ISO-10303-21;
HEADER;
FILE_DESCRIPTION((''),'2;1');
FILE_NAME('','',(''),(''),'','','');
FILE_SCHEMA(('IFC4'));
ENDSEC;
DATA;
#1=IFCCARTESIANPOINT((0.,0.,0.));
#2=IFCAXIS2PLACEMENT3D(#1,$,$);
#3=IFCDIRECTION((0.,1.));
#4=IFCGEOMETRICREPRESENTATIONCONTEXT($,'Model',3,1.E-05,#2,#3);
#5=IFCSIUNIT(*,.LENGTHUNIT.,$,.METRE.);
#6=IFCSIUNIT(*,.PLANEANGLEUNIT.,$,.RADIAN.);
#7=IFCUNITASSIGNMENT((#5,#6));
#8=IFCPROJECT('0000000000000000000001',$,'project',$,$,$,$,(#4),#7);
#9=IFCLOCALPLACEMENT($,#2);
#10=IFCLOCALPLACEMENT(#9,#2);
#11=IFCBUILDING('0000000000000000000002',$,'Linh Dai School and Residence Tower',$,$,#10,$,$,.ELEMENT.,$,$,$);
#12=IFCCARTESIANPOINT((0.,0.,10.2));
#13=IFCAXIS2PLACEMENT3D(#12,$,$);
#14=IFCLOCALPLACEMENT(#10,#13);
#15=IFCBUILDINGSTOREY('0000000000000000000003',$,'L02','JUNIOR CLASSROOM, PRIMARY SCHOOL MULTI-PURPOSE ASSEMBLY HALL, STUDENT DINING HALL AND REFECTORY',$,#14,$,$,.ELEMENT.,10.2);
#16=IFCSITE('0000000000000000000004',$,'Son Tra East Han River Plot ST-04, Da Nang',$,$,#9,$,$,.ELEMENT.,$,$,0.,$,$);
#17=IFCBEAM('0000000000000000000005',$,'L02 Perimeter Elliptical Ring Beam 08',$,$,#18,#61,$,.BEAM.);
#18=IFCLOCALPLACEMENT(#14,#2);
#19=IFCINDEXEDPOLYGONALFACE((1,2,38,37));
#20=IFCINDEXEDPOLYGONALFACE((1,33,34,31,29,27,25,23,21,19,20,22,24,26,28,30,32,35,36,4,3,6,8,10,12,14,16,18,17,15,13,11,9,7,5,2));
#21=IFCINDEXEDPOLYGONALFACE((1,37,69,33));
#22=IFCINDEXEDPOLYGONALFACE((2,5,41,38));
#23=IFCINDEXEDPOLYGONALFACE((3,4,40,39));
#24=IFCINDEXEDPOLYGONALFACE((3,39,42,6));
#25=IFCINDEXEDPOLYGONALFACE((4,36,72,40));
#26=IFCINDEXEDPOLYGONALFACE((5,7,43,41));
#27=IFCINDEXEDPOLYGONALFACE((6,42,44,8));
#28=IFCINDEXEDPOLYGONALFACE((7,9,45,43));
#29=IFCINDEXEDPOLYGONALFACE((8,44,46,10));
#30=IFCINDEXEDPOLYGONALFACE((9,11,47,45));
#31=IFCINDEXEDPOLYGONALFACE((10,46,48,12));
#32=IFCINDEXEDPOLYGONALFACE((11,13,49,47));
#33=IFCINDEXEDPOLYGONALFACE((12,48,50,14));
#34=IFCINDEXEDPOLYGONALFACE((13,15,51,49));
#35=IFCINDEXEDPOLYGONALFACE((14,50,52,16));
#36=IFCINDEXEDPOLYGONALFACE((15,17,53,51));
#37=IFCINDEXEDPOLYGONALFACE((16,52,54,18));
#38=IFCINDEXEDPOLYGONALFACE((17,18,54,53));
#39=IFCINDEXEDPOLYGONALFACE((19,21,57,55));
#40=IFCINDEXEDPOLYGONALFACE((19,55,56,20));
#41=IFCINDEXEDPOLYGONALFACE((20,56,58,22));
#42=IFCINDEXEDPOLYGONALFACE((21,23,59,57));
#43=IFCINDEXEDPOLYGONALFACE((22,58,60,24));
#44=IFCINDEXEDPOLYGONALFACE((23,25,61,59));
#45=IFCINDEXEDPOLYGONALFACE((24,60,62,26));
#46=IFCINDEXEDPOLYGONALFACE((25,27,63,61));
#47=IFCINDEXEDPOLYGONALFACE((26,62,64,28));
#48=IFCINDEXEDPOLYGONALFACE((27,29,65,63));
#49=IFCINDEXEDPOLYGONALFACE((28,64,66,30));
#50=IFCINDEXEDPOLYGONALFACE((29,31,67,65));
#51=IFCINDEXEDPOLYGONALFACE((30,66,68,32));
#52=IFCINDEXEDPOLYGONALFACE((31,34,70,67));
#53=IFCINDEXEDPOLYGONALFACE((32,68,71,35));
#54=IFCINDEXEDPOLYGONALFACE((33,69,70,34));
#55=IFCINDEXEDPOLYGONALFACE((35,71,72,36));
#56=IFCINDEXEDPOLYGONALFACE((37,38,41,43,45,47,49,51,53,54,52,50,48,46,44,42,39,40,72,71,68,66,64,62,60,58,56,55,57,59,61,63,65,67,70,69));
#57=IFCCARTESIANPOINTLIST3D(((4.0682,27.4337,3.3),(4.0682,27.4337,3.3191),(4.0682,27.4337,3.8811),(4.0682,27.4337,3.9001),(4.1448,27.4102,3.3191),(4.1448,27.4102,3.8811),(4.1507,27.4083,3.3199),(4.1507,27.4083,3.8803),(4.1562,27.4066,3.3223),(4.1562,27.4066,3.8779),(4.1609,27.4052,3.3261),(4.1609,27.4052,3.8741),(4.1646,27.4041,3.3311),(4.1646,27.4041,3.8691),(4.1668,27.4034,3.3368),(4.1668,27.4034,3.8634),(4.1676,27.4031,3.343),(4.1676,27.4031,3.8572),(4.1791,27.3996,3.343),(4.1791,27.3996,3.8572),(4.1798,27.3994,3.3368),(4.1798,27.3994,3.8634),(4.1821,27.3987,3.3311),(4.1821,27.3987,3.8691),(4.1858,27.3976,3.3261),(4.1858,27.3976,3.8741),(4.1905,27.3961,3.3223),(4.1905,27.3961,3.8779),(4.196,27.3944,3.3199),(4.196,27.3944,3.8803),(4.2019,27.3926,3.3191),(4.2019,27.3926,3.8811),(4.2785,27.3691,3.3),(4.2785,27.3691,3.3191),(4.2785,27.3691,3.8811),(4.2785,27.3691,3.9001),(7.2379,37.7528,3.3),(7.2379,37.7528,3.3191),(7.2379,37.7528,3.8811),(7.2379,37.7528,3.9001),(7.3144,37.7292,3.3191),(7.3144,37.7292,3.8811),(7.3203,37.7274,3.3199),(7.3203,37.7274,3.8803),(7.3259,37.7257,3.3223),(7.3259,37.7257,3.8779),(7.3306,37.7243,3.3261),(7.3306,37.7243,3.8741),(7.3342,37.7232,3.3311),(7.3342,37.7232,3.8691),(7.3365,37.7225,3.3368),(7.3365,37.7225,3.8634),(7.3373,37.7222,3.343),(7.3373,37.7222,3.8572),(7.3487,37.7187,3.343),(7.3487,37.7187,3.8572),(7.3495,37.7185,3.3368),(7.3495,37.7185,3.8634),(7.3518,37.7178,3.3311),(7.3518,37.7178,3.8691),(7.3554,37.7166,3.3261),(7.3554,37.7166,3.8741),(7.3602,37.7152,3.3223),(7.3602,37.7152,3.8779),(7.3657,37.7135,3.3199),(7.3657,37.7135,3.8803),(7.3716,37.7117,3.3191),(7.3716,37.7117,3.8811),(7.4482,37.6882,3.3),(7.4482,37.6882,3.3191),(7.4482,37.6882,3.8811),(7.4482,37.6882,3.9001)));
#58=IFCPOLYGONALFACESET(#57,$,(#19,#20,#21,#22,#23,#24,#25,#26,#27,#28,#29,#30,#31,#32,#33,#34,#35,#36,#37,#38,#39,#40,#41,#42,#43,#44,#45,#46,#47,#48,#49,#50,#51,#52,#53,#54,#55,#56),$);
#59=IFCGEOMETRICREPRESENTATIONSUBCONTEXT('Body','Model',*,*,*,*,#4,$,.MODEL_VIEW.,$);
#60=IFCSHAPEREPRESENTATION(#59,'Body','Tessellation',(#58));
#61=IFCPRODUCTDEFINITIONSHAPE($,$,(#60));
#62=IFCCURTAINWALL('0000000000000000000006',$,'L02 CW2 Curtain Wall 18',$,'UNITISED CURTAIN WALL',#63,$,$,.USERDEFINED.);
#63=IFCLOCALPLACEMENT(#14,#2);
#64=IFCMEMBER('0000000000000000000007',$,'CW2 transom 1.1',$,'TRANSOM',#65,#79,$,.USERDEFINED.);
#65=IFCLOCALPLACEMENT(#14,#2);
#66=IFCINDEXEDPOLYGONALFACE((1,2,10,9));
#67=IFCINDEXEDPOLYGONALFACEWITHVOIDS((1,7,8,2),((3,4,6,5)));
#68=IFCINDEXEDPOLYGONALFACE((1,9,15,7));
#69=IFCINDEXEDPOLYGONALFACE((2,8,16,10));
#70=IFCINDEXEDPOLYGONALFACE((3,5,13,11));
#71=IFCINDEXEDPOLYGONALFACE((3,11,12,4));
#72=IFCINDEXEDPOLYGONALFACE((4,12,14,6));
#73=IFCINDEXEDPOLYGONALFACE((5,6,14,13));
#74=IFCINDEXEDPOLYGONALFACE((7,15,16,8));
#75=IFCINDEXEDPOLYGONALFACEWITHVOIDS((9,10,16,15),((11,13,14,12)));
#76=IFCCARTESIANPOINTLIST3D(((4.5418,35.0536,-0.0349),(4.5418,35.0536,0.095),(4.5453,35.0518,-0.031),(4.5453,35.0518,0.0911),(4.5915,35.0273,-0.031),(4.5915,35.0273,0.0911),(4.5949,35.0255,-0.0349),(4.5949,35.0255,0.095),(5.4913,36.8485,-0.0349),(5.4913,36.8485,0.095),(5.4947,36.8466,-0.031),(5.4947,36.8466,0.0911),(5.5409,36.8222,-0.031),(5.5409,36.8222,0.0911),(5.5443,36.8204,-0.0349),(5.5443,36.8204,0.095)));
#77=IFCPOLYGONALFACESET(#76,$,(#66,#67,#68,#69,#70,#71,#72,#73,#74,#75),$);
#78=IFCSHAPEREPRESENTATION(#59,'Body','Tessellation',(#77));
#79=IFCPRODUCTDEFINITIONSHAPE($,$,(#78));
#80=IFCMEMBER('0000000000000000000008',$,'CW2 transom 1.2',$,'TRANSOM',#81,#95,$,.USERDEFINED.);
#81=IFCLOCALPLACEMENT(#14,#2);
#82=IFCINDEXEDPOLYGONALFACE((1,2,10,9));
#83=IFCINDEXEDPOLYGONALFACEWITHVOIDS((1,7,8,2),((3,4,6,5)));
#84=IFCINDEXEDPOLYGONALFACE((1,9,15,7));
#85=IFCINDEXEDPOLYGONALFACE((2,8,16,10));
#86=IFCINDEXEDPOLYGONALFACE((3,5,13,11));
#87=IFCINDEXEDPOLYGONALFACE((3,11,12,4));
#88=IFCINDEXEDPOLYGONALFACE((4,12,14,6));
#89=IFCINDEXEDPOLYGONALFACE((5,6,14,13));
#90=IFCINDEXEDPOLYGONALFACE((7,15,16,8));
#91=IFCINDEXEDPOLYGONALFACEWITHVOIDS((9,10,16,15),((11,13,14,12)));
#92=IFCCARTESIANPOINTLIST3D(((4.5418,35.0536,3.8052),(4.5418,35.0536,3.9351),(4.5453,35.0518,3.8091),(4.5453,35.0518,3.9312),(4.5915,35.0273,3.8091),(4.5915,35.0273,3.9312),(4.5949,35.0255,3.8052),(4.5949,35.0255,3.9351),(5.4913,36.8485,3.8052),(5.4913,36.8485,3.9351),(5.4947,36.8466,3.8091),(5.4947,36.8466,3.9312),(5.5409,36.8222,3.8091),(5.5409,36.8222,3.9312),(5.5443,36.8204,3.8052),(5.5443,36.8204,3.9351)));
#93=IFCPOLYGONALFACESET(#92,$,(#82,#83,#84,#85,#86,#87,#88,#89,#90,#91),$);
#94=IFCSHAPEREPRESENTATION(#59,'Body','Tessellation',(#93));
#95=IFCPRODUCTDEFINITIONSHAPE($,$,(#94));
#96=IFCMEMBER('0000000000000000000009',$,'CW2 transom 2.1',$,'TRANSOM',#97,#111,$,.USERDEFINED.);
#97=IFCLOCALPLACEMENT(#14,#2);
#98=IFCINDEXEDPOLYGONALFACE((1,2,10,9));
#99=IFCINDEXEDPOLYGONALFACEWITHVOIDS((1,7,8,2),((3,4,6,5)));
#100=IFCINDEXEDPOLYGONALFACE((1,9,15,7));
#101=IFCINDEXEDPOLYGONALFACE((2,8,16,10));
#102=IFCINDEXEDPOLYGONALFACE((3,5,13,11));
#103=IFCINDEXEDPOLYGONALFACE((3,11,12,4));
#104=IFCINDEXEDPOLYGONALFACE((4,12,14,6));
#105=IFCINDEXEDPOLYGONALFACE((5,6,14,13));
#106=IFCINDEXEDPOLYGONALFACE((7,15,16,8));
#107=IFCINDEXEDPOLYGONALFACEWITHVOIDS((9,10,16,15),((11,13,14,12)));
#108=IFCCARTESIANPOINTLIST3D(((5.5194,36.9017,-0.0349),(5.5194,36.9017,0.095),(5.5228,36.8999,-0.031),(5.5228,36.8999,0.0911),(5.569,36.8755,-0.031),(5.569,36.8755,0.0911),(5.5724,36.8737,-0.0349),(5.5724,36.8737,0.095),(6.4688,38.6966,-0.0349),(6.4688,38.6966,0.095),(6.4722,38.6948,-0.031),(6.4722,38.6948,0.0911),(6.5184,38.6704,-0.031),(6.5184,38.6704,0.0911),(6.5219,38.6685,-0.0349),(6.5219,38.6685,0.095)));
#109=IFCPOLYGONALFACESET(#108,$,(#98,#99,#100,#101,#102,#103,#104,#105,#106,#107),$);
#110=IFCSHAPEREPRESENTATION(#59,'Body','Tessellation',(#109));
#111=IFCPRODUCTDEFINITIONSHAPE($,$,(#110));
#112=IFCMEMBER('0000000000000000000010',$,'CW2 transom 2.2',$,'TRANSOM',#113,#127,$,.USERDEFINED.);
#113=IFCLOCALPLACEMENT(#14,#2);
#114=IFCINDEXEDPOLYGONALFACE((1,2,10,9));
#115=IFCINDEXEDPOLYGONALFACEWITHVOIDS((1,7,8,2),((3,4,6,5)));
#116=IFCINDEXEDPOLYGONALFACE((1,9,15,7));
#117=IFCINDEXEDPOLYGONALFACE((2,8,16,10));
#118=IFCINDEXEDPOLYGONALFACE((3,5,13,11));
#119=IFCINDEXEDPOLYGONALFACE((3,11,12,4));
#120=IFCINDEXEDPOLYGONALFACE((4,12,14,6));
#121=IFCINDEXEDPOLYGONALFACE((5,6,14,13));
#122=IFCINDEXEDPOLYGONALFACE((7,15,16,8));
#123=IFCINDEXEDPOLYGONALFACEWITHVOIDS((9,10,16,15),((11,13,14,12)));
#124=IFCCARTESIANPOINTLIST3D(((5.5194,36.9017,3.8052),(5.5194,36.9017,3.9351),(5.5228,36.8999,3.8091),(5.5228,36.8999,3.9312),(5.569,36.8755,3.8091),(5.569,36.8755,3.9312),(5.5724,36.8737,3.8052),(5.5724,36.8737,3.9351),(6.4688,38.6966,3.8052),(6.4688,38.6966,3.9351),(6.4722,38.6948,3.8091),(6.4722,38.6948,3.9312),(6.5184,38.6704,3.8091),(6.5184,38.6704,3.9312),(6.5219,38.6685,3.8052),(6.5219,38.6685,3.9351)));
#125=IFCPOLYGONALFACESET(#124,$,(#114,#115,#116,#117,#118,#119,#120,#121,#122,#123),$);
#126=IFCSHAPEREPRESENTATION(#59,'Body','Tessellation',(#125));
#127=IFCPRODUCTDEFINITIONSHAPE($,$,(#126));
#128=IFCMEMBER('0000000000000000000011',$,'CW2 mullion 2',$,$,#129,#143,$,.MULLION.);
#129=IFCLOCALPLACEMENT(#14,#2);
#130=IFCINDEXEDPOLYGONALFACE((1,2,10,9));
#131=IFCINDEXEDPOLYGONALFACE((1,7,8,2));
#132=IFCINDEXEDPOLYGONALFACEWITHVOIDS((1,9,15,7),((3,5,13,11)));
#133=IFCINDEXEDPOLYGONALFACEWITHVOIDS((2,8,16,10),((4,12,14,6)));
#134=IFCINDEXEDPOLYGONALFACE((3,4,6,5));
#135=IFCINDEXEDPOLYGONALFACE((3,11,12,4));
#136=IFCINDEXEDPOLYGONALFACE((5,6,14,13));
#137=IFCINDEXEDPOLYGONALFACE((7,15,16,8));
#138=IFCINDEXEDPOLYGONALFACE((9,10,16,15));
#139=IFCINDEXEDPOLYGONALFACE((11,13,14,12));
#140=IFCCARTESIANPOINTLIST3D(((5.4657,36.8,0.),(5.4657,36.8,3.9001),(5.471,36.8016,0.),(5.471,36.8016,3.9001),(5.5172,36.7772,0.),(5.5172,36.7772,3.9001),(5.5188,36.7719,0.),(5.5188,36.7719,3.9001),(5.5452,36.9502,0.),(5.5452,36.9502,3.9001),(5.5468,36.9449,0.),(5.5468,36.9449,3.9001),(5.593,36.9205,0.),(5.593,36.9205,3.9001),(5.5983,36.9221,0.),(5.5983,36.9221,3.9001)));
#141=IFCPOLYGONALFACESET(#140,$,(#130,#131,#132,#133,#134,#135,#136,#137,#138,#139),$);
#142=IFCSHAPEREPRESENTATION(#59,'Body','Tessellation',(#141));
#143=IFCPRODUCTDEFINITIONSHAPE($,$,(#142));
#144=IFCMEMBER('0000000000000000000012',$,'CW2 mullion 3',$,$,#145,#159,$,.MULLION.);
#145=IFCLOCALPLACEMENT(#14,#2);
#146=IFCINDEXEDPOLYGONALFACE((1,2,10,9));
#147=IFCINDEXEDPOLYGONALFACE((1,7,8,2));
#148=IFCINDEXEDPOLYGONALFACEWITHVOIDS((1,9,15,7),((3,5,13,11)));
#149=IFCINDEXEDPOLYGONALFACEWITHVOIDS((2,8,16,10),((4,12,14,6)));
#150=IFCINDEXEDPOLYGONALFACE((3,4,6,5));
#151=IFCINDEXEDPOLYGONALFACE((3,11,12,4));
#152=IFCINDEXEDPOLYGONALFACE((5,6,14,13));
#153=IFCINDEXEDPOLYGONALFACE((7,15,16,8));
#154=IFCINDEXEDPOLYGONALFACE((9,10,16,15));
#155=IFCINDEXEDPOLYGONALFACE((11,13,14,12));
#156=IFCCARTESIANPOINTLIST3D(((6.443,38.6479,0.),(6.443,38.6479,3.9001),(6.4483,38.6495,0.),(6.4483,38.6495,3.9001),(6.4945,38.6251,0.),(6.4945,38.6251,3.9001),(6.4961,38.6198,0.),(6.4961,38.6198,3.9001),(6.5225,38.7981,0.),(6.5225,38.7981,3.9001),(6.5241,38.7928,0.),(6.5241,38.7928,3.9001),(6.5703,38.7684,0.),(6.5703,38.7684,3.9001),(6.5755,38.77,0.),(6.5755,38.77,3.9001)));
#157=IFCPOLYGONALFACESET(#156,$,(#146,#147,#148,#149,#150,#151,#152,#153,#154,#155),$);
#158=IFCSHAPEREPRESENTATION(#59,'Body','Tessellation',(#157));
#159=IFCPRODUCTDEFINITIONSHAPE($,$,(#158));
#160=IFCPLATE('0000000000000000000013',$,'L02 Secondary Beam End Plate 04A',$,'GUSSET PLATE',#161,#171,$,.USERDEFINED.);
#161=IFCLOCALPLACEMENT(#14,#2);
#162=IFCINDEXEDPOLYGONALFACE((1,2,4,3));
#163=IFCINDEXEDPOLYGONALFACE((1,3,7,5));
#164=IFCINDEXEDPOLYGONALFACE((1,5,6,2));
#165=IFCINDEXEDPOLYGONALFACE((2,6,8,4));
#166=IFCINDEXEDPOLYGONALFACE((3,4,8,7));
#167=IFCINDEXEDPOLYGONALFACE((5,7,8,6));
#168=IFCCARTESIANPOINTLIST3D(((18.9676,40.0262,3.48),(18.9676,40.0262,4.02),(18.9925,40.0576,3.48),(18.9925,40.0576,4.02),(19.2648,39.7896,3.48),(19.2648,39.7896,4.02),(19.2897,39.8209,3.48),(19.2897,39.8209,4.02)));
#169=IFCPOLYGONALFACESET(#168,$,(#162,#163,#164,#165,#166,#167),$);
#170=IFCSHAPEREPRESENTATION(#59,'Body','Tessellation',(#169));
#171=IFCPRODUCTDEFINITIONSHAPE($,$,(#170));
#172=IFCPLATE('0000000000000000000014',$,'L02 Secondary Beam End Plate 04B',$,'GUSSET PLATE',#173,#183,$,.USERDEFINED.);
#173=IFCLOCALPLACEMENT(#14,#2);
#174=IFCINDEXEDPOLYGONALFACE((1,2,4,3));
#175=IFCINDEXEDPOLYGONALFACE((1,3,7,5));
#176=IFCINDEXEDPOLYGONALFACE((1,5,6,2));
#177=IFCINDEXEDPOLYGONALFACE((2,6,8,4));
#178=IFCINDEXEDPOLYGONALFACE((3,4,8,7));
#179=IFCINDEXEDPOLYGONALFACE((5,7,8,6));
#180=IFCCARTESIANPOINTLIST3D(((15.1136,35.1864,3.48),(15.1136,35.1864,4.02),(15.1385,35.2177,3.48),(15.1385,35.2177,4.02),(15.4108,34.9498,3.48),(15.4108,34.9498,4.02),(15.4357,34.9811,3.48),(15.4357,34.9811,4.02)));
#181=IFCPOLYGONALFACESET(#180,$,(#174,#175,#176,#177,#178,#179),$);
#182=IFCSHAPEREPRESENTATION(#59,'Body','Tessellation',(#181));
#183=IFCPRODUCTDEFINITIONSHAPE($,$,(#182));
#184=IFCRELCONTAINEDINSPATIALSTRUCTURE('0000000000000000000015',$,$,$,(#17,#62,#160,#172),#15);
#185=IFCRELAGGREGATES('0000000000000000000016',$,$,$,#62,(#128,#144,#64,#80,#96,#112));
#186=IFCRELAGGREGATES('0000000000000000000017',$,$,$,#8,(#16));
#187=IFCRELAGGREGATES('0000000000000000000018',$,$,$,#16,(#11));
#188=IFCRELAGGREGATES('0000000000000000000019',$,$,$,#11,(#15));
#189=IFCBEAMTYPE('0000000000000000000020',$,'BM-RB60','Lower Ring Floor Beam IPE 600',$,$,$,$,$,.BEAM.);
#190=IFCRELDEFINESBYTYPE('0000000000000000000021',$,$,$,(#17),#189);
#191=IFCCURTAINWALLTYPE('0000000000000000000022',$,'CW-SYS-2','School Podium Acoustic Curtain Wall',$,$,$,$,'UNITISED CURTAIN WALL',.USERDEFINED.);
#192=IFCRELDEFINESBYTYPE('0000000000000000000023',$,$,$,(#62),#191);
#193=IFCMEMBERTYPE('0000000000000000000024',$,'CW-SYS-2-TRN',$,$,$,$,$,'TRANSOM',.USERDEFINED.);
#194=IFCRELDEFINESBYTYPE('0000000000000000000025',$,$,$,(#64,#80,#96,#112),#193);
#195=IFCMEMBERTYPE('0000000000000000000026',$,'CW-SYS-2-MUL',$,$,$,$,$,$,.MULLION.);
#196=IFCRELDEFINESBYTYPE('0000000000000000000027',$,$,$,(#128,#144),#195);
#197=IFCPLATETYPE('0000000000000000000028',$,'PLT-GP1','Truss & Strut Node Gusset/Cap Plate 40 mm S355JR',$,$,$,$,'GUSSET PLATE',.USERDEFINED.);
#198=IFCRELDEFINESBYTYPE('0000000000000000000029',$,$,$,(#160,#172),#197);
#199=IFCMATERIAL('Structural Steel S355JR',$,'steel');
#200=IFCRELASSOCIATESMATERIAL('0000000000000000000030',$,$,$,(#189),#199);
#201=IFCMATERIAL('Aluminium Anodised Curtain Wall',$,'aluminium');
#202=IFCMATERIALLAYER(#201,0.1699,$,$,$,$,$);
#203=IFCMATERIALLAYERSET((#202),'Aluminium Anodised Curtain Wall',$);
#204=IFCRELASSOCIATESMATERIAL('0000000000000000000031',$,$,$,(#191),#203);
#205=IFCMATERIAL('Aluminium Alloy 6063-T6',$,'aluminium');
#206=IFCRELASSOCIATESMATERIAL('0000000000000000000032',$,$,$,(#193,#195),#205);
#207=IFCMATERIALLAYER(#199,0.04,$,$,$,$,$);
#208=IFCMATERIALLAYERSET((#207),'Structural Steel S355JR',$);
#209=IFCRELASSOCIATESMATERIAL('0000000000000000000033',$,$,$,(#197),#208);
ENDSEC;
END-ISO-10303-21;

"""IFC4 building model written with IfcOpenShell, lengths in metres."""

from ifc_helpers import new_model, si_unit, direction, frame, origin, origin_2d, place, context, subcontext, project, spatial, rectangle, hollow_rectangle, i_section, extrude, source, transform, mapped, material, layer, layer_set, material_profile, profile_set, type_object, element, aggregate, save


model = new_model("IFC4")

# Units and contexts
model_context = context("Model", 3, precision=1e-05, world=origin(), true_north=direction((0.0, 1.0)))
body_context = subcontext(model_context, "Body", "Model", "MODEL_VIEW")
ifc_project = project(units=[si_unit("LENGTHUNIT", "METRE"), si_unit("PLANEANGLEUNIT", "RADIAN")], contexts=[model_context])

# Site, building, storey
site_placement = place(None, origin())
site = spatial("IfcSite", under=ifc_project, at=site_placement, Name="Son Tra East Han River Plot ST-04, Da Nang", CompositionType="ELEMENT", RefElevation=0.0)
building_placement = place(site_placement, origin())
building = spatial("IfcBuilding", under=site, at=building_placement, Name="Linh Dai School and Residence Tower", CompositionType="ELEMENT")
storey_placement = place(building_placement, frame((0.0, 0.0, 10.2)))
storey = spatial("IfcBuildingStorey", under=building, at=storey_placement, Name="L02", Description="JUNIOR CLASSROOM, PRIMARY SCHOOL MULTI-PURPOSE ASSEMBLY HALL, STUDENT DINING HALL AND REFECTORY", CompositionType="ELEMENT", Elevation=10.2)

# Shared definitions
ifc_material_1 = material(Name="Structural Steel S355JR", Category="steel")

# Beam
ifc_material_profile_1 = material_profile(ifc_material_1, i_section(OverallWidth=0.22, OverallDepth=0.6001, WebThickness=0.012, FlangeThickness=0.019, FilletRadius=0.0239, at=origin_2d()), Name="IPE 600")
ifc_profile_set_1 = profile_set([ifc_material_profile_1], Name="Structural Steel S355JR")
beam_type_1 = type_object("IfcBeamType", Name="BM-RB60", Description="Lower Ring Floor Beam IPE 600", PredefinedType="BEAM", material=ifc_profile_set_1)
beam_1_placement = place(storey_placement, frame((7.343, 37.7205, 3.6001), z_axis=(-0.293627, -0.95592, 0.0), x_axis=(0.95592, -0.293627, 0.0)))
element("IfcBeam", 1, at=beam_1_placement, inside=storey, type_object=beam_type_1, Name="L02 Perimeter Elliptical Ring Beam 08", PredefinedType="BEAM", context=body_context, shape_type="SweptSolid", body=[
    extrude(i_section(OverallWidth=0.22, OverallDepth=0.6001, WebThickness=0.012, FlangeThickness=0.019, FilletRadius=0.0239, at=origin_2d()), origin(), (0.0, 0.0, 1.0), 10.7949),
])

# Curtain wall, members
ifc_material_2 = material(Name="Aluminium Anodised Curtain Wall", Category="aluminium")
ifc_layer_1 = layer(ifc_material_2, 0.1699)
ifc_layer_set_1 = layer_set([ifc_layer_1], Name="Aluminium Anodised Curtain Wall")
curtain_wall_type = type_object("IfcCurtainWallType", Name="CW-SYS-2", Description="School Podium Acoustic Curtain Wall", ElementType="UNITISED CURTAIN WALL", PredefinedType="USERDEFINED", material=ifc_layer_set_1)
curtain_wall_placement = place(storey_placement, origin())
curtain_wall = element("IfcCurtainWall", 2, at=curtain_wall_placement, inside=storey, type_object=curtain_wall_type, Name="L02 CW2 Curtain Wall 18", ObjectType="UNITISED CURTAIN WALL", PredefinedType="USERDEFINED")
ifc_material_3 = material(Name="Aluminium Alloy 6063-T6", Category="aluminium")
ifc_material_profile_2 = material_profile(ifc_material_3, hollow_rectangle(XDim=0.0601, YDim=0.1299, WallThickness=0.0039, at=origin_2d()), Name="RHS 130x60x4")
ifc_profile_set_2 = profile_set([ifc_material_profile_2], Name="Aluminium Alloy 6063-T6")
member_type_1 = type_object("IfcMemberType", Name="CW-SYS-2-TRN", ElementType="TRANSOM", PredefinedType="USERDEFINED", material=ifc_profile_set_2)
shared_shape_1 = source(origin(), body_context, "Body", "SweptSolid", [
    extrude(hollow_rectangle(XDim=0.0601, YDim=0.1299, WallThickness=0.0039, at=origin_2d()), origin(), (0.0, 0.0, 1.0), 2.0305),
])
member_1_placement = place(storey_placement, frame((4.5684, 35.0396, 0.03), z_axis=(0.467584, 0.883949, 0.0), x_axis=(-0.883949, 0.467584, 0.0)))
member_1 = element("IfcMember", 3, at=member_1_placement, type_object=member_type_1, Name="CW2 transom 1.1", ObjectType="TRANSOM", PredefinedType="USERDEFINED", context=body_context, shape_type="MappedRepresentation", body=[
    mapped(shared_shape_1, transform((0.0, 0.0, 0.0), x_axis=(1.0, 0.0, 0.0), y_axis=(0.0, 1.0, 0.0), z_axis=(0.0, 0.0, 1.0), scale=1.0)),
])
member_2_placement = place(storey_placement, frame((4.5684, 35.0396, 3.8701), z_axis=(0.467584, 0.883949, 0.0), x_axis=(-0.883949, 0.467584, 0.0)))
member_2 = element("IfcMember", 4, at=member_2_placement, type_object=member_type_1, Name="CW2 transom 1.2", ObjectType="TRANSOM", PredefinedType="USERDEFINED", context=body_context, shape_type="MappedRepresentation", body=[
    mapped(shared_shape_1, transform((0.0, 0.0, 0.0), x_axis=(1.0, 0.0, 0.0), y_axis=(0.0, 1.0, 0.0), z_axis=(0.0, 0.0, 1.0), scale=1.0)),
])
member_3_placement = place(storey_placement, frame((5.5459, 36.8877, 0.03), z_axis=(0.467584, 0.883949, 0.0), x_axis=(-0.883949, 0.467584, 0.0)))
member_3 = element("IfcMember", 5, at=member_3_placement, type_object=member_type_1, Name="CW2 transom 2.1", ObjectType="TRANSOM", PredefinedType="USERDEFINED", context=body_context, shape_type="MappedRepresentation", body=[
    mapped(shared_shape_1, transform((0.0, 0.0, 0.0), x_axis=(1.0, 0.0, 0.0), y_axis=(0.0, 1.0, 0.0), z_axis=(0.0, 0.0, 1.0), scale=1.0)),
])
member_4_placement = place(storey_placement, frame((5.5459, 36.8877, 3.8701), z_axis=(0.467584, 0.883949, 0.0), x_axis=(-0.883949, 0.467584, 0.0)))
member_4 = element("IfcMember", 6, at=member_4_placement, type_object=member_type_1, Name="CW2 transom 2.2", ObjectType="TRANSOM", PredefinedType="USERDEFINED", context=body_context, shape_type="MappedRepresentation", body=[
    mapped(shared_shape_1, transform((0.0, 0.0, 0.0), x_axis=(1.0, 0.0, 0.0), y_axis=(0.0, 1.0, 0.0), z_axis=(0.0, 0.0, 1.0), scale=1.0)),
])
ifc_material_profile_3 = material_profile(ifc_material_3, hollow_rectangle(XDim=0.0601, YDim=0.1699, WallThickness=0.0039, at=origin_2d()), Name="RHS 170x60x4")
ifc_profile_set_3 = profile_set([ifc_material_profile_3], Name="Aluminium Alloy 6063-T6")
member_type_2 = type_object("IfcMemberType", Name="CW-SYS-2-MUL", PredefinedType="MULLION", material=ifc_profile_set_3)
shared_shape_2 = source(origin(), body_context, "Body", "SweptSolid", [
    extrude(hollow_rectangle(XDim=0.0601, YDim=0.1699, WallThickness=0.0039, at=origin_2d()), origin(), (0.0, 0.0, 1.0), 3.9001),
])
member_5_placement = place(storey_placement, frame((5.532, 36.8611, 0.0), z_axis=(0.0, 0.0, 1.0), x_axis=(-0.883964, 0.467555, 0.0)))
member_5 = element("IfcMember", 7, at=member_5_placement, type_object=member_type_2, Name="CW2 mullion 2", PredefinedType="MULLION", context=body_context, shape_type="MappedRepresentation", body=[
    mapped(shared_shape_2, transform((0.0, 0.0, 0.0), x_axis=(1.0, 0.0, 0.0), y_axis=(0.0, 1.0, 0.0), z_axis=(0.0, 0.0, 1.0), scale=1.0)),
])
member_6_placement = place(storey_placement, frame((6.5093, 38.709, 0.0), z_axis=(0.0, 0.0, 1.0), x_axis=(-0.883964, 0.467555, 0.0)))
member_6 = element("IfcMember", 8, at=member_6_placement, type_object=member_type_2, Name="CW2 mullion 3", PredefinedType="MULLION", context=body_context, shape_type="MappedRepresentation", body=[
    mapped(shared_shape_2, transform((0.0, 0.0, 0.0), x_axis=(1.0, 0.0, 0.0), y_axis=(0.0, 1.0, 0.0), z_axis=(0.0, 0.0, 1.0), scale=1.0)),
])

# Plates
ifc_layer_2 = layer(ifc_material_1, 0.04)
ifc_layer_set_2 = layer_set([ifc_layer_2], Name="Structural Steel S355JR")
plate_type_1 = type_object("IfcPlateType", Name="PLT-GP1", Description="Truss & Strut Node Gusset/Cap Plate 40 mm S355JR", ElementType="GUSSET PLATE", PredefinedType="USERDEFINED", material=ifc_layer_set_2)
shared_shape_3 = source(origin(), body_context, "Body", "SweptSolid", [
    extrude(rectangle(XDim=0.04, YDim=0.3799, at=origin_2d()), origin(), (0.0, 0.0, 1.0), 0.54),
])
for number, where, z_axis, x_axis, name in (
    (9, (19.1287, 39.9236, 3.48), (0.0, 0.0, 1.0), (-0.622933, -0.782276, 0.0), "L02 Secondary Beam End Plate 04A"),
    (10, (15.2747, 35.0837, 3.48), (0.0, 0.0, 1.0), (-0.622933, -0.782276, 0.0), "L02 Secondary Beam End Plate 04B"),
):
    element("IfcPlate", number, at=place(storey_placement, frame(where, z_axis=z_axis, x_axis=x_axis)), inside=storey, type_object=plate_type_1, Name=name, ObjectType="GUSSET PLATE", PredefinedType="USERDEFINED", context=body_context, shape_type="MappedRepresentation", body=[
        mapped(shared_shape_3, transform((0.0, 0.0, 0.0), x_axis=(1.0, 0.0, 0.0), y_axis=(0.0, 1.0, 0.0), z_axis=(0.0, 0.0, 1.0), scale=1.0)),
    ])

aggregate(curtain_wall, [member_5, member_6, member_1, member_2, member_3, member_4])

save(model, "model.ifc")
